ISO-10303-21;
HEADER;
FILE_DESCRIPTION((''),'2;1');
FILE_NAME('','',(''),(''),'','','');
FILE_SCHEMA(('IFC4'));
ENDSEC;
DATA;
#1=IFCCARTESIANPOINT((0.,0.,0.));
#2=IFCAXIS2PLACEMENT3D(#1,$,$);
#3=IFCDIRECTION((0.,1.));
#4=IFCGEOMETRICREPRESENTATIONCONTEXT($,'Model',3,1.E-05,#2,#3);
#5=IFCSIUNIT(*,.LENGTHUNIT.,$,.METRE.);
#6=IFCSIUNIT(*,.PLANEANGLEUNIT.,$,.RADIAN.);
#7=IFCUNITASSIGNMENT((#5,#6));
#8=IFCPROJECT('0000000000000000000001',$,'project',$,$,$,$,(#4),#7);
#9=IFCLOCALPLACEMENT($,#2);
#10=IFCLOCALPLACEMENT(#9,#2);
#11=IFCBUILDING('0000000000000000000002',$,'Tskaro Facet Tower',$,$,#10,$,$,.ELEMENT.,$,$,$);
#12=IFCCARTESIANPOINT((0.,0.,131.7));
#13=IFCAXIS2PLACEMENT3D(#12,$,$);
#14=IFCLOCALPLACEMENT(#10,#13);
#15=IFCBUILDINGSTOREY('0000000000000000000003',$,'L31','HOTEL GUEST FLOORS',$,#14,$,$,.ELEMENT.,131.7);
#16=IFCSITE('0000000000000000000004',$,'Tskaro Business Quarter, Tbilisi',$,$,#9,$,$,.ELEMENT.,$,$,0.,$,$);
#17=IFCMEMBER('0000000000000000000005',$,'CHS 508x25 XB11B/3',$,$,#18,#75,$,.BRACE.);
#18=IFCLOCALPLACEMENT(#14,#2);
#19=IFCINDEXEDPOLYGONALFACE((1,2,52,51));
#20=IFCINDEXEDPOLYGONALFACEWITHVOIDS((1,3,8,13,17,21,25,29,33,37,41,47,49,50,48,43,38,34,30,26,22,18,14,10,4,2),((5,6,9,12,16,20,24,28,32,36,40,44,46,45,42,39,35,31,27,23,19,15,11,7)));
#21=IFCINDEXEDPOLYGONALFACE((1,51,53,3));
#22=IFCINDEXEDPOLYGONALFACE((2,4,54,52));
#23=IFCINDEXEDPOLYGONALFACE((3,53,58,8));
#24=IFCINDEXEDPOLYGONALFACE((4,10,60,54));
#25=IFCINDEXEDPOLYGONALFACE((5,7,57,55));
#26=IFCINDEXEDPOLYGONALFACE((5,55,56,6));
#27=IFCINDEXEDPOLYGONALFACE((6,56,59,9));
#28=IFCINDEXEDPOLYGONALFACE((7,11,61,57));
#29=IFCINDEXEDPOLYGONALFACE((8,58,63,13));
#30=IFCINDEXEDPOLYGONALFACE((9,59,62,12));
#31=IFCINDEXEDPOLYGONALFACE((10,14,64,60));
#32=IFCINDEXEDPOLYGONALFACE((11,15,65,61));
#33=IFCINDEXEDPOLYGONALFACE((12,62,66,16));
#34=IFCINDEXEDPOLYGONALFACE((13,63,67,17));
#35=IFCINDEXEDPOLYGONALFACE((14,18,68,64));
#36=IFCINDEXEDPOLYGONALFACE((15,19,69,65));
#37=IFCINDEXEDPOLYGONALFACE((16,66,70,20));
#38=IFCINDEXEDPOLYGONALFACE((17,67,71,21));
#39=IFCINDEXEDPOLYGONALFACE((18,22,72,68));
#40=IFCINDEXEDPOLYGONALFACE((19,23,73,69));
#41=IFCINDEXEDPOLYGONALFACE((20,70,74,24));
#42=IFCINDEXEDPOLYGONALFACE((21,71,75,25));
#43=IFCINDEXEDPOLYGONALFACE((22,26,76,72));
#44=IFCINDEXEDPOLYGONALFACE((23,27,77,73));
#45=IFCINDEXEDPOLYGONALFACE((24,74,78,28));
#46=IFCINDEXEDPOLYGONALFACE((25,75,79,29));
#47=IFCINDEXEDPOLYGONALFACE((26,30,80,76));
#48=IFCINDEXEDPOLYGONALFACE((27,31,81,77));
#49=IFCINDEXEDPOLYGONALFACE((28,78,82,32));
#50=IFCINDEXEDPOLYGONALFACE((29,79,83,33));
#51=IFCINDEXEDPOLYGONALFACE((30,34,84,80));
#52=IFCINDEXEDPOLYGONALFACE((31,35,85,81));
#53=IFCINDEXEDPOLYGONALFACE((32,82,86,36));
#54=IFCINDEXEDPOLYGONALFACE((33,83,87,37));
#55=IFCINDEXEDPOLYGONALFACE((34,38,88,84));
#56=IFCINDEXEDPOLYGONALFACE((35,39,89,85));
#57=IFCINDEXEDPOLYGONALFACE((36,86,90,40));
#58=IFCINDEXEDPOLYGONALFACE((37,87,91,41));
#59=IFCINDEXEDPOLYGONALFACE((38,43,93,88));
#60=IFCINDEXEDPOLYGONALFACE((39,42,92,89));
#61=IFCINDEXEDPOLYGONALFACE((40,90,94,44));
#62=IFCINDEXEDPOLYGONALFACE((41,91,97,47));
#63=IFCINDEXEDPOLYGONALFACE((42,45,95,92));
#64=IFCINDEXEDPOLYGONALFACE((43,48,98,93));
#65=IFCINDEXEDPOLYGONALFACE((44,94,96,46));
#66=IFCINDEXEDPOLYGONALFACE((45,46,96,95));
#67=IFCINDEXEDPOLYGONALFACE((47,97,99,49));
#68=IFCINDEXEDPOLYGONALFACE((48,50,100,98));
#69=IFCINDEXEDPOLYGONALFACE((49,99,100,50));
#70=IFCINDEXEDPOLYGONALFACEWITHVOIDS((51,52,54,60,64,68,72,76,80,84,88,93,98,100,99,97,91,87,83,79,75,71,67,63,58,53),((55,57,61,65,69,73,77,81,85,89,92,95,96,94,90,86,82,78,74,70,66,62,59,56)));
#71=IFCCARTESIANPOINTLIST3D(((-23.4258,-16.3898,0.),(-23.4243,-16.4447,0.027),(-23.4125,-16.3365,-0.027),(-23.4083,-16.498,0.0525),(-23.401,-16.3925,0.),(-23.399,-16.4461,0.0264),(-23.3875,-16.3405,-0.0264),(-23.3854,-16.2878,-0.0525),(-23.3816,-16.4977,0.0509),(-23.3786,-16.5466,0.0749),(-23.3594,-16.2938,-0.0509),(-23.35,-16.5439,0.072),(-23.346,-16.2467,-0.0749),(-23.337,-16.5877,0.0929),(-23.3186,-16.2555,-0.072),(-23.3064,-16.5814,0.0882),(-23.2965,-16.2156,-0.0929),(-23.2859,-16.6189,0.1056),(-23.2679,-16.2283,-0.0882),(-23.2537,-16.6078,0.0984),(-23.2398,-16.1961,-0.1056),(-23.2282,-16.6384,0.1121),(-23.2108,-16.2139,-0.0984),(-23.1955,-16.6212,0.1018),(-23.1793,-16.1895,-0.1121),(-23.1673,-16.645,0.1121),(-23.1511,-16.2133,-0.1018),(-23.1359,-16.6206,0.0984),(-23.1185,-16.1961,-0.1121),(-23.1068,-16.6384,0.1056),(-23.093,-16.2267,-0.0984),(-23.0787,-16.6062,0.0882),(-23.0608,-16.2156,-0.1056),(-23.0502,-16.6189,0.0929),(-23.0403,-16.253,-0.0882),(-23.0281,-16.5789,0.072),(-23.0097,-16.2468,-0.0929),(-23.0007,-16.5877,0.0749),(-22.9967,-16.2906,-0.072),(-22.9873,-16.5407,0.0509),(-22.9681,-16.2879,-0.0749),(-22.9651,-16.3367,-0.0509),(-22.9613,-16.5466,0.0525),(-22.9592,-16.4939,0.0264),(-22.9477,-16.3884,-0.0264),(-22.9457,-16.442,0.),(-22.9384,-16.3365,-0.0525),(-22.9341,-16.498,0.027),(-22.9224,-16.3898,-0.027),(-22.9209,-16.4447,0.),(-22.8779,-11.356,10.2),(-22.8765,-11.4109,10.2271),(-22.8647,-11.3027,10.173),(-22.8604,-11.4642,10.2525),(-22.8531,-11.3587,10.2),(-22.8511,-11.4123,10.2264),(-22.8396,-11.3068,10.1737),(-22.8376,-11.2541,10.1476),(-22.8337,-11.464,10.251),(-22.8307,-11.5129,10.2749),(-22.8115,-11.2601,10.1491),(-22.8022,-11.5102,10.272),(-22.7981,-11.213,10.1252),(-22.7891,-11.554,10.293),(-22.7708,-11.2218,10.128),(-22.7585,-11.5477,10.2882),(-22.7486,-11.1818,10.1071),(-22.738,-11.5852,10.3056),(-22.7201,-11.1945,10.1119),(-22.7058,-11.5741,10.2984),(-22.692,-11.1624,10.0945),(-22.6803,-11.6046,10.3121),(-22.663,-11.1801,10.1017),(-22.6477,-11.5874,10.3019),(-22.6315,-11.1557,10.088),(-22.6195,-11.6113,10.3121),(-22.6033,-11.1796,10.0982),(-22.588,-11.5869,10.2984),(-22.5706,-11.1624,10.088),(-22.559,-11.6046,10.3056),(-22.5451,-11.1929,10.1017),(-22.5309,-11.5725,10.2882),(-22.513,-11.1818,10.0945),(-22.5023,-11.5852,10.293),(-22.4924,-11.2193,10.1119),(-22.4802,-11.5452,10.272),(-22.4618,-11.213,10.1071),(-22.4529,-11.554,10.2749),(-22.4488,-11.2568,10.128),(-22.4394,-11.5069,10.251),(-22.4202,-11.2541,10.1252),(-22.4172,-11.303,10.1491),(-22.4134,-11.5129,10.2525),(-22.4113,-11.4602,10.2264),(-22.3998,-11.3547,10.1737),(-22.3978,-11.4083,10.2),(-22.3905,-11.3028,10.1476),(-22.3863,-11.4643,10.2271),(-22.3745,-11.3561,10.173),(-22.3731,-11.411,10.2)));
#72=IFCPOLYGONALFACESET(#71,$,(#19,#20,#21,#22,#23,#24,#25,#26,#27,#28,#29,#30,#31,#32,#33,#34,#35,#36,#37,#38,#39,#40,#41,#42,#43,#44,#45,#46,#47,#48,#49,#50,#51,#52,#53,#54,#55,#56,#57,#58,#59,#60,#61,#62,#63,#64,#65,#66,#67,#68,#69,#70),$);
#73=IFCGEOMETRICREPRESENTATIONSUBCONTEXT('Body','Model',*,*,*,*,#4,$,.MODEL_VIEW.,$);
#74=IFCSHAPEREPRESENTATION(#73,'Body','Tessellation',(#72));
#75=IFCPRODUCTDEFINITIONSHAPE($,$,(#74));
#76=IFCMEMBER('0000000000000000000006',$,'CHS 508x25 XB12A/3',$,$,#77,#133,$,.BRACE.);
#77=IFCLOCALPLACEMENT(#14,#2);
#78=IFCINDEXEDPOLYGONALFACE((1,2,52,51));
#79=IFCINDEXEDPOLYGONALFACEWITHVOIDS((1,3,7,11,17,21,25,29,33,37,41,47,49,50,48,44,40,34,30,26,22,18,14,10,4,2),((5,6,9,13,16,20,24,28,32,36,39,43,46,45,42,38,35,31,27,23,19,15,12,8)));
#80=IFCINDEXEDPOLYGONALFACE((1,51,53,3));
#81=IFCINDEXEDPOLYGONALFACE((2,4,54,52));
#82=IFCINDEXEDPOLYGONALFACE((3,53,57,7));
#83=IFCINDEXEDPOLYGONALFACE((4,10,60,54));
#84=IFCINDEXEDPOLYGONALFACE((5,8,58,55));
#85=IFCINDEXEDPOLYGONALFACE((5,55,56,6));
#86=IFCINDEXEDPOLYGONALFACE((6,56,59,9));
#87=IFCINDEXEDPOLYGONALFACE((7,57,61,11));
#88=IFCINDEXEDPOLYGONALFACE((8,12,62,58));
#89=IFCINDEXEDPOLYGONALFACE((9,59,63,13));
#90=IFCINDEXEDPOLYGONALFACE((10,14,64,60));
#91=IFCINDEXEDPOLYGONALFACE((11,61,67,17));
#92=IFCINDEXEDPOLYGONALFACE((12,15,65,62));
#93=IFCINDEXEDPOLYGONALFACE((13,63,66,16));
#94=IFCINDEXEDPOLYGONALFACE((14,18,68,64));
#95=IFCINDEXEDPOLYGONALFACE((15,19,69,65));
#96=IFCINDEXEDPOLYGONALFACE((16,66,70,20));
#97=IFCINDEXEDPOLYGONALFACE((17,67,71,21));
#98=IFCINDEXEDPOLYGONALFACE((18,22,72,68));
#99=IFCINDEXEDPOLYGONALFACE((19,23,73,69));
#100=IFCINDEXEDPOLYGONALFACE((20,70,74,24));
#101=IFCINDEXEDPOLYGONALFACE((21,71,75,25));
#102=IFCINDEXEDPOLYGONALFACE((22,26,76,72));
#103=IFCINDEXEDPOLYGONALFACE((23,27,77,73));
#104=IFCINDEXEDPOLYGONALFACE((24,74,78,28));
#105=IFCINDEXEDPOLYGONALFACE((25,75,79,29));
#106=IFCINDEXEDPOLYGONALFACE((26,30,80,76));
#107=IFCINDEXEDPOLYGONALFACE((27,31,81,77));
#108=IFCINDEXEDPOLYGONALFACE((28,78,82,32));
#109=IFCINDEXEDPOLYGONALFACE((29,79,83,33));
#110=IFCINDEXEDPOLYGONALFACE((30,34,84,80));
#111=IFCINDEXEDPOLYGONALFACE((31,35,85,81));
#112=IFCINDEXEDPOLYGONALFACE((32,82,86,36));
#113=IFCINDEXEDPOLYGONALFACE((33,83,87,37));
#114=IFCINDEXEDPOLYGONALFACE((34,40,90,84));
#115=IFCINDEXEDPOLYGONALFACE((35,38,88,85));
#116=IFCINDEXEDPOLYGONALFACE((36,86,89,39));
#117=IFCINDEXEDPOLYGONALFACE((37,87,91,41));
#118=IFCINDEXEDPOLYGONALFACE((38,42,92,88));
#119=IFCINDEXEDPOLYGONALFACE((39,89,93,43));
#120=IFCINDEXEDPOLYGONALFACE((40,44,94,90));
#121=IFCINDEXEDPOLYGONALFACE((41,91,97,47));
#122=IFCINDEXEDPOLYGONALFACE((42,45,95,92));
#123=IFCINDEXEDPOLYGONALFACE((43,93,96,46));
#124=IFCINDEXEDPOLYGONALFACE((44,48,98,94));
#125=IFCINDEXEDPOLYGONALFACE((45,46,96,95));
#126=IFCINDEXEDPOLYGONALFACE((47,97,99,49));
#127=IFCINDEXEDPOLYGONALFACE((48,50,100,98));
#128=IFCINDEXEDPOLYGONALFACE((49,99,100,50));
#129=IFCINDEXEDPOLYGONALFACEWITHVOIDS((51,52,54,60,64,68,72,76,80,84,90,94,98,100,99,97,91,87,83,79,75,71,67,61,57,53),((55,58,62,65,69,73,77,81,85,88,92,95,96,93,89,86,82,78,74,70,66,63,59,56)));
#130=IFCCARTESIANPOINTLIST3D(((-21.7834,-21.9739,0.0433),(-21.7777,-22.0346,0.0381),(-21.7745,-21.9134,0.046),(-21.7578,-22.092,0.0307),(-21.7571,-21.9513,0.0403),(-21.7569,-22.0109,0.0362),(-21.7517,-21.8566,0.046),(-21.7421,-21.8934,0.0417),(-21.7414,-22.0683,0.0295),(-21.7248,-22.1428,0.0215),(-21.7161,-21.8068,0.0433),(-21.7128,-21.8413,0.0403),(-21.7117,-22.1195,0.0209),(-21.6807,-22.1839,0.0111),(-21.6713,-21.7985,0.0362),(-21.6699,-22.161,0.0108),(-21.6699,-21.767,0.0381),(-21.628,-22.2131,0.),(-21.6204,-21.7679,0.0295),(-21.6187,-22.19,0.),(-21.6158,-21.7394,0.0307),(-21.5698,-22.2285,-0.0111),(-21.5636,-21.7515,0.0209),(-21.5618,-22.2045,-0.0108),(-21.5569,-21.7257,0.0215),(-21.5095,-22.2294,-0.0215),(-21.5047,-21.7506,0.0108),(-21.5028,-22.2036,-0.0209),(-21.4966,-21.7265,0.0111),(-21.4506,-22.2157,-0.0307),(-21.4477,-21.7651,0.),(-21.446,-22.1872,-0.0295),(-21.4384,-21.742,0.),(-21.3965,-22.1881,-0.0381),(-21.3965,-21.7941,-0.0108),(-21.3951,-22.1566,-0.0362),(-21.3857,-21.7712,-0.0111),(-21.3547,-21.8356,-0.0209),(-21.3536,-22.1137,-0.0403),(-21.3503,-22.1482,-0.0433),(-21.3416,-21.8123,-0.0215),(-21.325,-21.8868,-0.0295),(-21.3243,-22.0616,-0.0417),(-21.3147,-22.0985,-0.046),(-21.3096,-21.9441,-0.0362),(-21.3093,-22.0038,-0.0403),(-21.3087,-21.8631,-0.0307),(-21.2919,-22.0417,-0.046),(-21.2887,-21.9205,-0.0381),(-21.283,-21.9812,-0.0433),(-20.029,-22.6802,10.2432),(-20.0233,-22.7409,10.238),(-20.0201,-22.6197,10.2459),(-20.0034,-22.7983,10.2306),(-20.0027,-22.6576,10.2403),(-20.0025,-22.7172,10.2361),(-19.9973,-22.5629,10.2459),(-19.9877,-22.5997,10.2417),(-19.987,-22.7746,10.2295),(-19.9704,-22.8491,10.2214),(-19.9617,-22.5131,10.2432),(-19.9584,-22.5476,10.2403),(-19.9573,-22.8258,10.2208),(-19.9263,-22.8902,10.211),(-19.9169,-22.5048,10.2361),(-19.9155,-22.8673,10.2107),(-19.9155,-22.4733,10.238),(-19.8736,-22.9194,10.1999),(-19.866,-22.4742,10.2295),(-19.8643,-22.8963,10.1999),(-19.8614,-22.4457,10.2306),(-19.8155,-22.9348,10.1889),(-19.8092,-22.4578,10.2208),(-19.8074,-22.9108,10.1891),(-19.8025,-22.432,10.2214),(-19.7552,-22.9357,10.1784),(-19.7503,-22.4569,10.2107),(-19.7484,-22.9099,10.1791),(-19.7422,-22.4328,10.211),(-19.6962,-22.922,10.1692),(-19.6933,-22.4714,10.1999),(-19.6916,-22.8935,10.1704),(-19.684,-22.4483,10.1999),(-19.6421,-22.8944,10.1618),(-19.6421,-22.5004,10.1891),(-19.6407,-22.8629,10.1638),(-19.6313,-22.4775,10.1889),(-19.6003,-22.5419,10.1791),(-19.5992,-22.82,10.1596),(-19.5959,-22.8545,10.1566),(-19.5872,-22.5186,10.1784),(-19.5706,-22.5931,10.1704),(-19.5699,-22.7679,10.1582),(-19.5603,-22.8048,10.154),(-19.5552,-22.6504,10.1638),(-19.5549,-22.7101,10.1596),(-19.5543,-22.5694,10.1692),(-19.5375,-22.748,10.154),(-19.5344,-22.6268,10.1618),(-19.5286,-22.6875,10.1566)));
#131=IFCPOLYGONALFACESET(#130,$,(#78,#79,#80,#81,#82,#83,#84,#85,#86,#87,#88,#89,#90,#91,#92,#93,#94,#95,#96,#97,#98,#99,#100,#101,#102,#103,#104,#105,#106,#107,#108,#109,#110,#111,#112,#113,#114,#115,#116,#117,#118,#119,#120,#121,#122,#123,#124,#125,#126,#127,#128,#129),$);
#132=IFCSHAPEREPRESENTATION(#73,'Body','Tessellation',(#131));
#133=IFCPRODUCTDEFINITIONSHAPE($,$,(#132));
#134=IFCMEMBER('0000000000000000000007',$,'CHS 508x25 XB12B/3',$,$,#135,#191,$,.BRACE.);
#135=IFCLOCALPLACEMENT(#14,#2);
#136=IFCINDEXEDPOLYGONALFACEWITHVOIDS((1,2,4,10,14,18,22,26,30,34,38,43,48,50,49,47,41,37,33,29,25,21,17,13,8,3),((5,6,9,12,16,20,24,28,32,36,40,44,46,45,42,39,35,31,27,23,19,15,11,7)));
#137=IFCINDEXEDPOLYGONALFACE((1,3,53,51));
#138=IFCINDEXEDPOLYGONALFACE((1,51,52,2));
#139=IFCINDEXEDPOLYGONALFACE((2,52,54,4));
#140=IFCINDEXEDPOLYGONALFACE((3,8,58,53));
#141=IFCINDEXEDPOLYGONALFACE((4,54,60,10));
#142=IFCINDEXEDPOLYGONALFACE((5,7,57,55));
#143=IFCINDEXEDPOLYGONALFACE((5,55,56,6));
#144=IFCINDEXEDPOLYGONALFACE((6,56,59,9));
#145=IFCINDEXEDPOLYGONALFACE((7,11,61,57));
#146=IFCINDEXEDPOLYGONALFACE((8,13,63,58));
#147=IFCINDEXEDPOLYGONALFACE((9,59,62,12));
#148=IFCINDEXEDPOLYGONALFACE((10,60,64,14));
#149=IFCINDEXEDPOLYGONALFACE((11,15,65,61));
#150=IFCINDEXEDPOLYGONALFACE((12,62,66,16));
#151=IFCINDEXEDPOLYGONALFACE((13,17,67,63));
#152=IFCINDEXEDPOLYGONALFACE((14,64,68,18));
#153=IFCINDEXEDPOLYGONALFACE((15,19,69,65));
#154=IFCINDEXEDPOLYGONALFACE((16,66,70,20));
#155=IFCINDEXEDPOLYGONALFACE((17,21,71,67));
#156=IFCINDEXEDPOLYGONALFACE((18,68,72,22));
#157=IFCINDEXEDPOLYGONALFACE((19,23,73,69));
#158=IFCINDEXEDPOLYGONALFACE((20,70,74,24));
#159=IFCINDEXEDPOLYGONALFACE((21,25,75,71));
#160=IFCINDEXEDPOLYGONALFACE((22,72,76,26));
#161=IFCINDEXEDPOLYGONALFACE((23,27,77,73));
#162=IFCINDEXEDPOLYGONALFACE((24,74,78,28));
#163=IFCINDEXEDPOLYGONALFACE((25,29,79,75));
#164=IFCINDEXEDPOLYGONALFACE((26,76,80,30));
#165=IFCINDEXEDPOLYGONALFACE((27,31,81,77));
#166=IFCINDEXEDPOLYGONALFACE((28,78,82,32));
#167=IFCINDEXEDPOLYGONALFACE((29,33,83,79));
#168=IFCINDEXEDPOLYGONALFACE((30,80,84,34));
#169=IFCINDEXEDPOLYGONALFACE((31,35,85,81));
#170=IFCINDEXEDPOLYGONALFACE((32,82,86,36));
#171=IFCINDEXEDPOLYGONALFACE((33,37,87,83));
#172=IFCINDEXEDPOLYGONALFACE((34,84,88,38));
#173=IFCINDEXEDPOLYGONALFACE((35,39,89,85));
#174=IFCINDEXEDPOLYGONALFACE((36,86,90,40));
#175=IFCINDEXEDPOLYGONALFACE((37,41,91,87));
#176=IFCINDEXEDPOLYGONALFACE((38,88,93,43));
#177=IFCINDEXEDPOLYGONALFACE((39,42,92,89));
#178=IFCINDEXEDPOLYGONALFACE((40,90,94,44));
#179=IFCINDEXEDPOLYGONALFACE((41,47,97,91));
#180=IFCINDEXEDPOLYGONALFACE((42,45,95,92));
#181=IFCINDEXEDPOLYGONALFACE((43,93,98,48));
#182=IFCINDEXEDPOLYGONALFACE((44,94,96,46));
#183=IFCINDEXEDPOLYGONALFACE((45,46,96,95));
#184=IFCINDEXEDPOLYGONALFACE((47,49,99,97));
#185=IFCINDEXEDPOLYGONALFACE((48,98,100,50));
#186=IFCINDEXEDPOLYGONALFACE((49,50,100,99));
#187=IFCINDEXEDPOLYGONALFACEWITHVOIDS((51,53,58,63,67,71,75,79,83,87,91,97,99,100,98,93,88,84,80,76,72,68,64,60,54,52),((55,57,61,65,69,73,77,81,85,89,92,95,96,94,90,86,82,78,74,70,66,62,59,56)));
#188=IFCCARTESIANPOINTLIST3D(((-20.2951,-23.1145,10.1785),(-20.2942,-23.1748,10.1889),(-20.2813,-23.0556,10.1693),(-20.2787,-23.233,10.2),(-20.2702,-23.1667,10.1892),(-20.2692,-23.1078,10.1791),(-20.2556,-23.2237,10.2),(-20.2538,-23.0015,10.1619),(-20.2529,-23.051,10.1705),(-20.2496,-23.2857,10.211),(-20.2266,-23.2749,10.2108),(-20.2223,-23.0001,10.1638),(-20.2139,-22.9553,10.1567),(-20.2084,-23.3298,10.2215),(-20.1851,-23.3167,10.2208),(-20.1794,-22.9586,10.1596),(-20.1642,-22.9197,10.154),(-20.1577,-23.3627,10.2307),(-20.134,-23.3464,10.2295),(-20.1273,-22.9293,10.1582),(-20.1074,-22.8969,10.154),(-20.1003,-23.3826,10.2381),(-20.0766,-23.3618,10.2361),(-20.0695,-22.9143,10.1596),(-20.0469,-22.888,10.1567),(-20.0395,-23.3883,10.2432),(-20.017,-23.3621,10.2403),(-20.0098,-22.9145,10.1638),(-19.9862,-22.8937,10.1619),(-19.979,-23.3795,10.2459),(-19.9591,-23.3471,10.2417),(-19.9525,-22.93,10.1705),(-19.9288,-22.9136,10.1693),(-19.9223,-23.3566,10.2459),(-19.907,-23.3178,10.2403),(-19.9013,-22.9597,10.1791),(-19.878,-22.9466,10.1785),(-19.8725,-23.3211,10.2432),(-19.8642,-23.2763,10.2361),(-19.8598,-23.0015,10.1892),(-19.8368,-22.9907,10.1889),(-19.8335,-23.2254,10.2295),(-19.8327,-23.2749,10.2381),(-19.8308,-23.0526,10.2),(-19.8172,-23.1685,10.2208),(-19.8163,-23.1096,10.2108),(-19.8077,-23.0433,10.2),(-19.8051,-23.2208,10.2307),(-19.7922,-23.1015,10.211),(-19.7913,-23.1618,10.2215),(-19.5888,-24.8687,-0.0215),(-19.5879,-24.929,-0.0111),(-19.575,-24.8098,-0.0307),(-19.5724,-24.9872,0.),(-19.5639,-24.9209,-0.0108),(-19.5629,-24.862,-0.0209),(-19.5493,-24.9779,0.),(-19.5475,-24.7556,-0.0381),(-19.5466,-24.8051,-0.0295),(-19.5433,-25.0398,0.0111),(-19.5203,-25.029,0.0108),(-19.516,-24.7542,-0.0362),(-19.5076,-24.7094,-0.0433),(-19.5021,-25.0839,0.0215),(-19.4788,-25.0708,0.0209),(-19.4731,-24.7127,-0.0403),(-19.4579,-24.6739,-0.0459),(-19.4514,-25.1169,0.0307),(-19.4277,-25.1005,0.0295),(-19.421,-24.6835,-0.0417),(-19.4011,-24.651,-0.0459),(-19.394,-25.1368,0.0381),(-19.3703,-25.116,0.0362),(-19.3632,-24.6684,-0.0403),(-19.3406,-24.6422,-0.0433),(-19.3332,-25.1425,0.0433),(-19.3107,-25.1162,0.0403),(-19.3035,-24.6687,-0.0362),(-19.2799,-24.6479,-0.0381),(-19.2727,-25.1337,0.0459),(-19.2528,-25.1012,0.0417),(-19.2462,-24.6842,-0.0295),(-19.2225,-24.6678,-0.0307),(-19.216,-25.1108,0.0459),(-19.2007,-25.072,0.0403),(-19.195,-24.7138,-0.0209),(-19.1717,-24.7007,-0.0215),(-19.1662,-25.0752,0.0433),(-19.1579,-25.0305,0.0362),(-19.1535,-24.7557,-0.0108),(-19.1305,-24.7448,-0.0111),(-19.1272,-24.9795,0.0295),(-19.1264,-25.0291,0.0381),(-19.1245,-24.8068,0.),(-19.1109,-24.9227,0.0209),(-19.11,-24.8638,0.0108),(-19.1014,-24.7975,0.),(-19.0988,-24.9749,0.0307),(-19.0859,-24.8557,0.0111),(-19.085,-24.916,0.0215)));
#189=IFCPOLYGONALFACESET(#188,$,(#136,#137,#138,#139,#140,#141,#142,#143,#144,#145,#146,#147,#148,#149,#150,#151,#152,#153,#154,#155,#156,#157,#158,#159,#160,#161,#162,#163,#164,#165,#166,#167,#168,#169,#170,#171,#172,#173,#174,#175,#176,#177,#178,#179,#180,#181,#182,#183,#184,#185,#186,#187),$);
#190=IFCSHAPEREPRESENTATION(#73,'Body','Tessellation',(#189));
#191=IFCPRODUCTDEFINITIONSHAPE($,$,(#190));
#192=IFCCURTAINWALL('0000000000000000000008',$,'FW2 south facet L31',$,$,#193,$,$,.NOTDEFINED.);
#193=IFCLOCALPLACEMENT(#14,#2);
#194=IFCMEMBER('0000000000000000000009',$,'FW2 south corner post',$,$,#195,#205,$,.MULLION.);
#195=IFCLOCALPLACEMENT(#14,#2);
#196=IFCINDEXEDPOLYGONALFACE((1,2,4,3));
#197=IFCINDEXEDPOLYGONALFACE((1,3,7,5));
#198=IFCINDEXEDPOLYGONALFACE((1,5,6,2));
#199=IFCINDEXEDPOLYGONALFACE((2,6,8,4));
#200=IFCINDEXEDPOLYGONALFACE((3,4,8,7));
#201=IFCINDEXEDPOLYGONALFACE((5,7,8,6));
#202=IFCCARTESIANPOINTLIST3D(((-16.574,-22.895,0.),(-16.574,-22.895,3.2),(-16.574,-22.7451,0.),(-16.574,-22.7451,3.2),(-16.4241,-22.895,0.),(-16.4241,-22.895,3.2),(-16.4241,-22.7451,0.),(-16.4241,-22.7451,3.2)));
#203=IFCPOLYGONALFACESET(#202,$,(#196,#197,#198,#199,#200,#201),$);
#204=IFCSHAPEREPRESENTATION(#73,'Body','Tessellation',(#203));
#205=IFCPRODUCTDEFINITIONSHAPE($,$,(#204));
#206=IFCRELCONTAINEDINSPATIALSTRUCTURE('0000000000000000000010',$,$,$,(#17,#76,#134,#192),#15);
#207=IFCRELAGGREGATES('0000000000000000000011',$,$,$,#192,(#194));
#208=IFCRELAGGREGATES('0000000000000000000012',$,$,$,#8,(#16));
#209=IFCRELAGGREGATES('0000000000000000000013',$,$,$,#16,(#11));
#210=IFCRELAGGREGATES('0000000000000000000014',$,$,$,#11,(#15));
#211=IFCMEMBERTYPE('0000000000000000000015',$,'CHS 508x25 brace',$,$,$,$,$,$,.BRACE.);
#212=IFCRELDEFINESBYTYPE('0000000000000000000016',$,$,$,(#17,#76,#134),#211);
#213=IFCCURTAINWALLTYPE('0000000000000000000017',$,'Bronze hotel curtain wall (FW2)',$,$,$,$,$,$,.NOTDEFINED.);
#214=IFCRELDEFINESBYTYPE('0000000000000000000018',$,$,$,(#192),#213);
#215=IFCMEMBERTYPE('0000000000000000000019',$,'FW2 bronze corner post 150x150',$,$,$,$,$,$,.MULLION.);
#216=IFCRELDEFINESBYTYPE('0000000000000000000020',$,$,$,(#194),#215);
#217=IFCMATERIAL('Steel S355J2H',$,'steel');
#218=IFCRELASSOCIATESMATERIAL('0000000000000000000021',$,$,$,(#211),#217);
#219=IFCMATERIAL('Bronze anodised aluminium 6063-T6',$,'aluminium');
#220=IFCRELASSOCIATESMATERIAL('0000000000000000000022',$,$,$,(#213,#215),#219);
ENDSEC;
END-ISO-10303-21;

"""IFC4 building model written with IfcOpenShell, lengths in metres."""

from ifc_helpers import new_model, si_unit, direction, frame, origin, origin_2d, place, context, subcontext, project, spatial, rectangle, hollow_circle, extrude, material, material_profile, profile_set, type_object, element, aggregate, save


model = new_model("IFC4")

# Units and contexts
model_context = context("Model", 3, precision=1e-05, world=origin(), true_north=direction((0.0, 1.0)))
body_context = subcontext(model_context, "Body", "Model", "MODEL_VIEW")
ifc_project = project(units=[si_unit("LENGTHUNIT", "METRE"), si_unit("PLANEANGLEUNIT", "RADIAN")], contexts=[model_context])

# Site, building, storey
site_placement = place(None, origin())
site = spatial("IfcSite", under=ifc_project, at=site_placement, Name="Tskaro Business Quarter, Tbilisi", CompositionType="ELEMENT", RefElevation=0.0)
building_placement = place(site_placement, origin())
building = spatial("IfcBuilding", under=site, at=building_placement, Name="Tskaro Facet Tower", CompositionType="ELEMENT")
storey_placement = place(building_placement, frame((0.0, 0.0, 131.7)))
storey = spatial("IfcBuildingStorey", under=building, at=storey_placement, Name="L31", Description="HOTEL GUEST FLOORS", CompositionType="ELEMENT", Elevation=131.7)

# Shared definitions
ifc_material_1 = material(Name="Steel S355J2H", Category="steel")

# Members
ifc_material_profile_1 = material_profile(ifc_material_1, hollow_circle(Radius=0.2539, WallThickness=0.0249, at=origin_2d()), Name="CHS 508x25")
ifc_profile_set_1 = profile_set([ifc_material_profile_1], Name="Steel S355J2H")
member_type_1 = type_object("IfcMemberType", Name="CHS 508x25 brace", PredefinedType="BRACE", material=ifc_profile_set_1)
member_1_placement = place(storey_placement, frame((-23.1733, -16.4172, 0.0), z_axis=(0.04811, 0.442033, 0.895708), x_axis=(-0.994129, 0.108198, 0.0)))
element("IfcMember", 1, at=member_1_placement, inside=storey, type_object=member_type_1, Name="CHS 508x25 XB11B/3", PredefinedType="BRACE", context=body_context, shape_type="SweptSolid", body=[
    extrude(hollow_circle(Radius=0.2539, WallThickness=0.0249, at=origin_2d()), origin(), (0.0, 0.0, 1.0), 11.3877),
])
for number, where, z_axis, x_axis, name in (
    (2, (-21.5332, -21.9775, 0.0), (0.169118, -0.068085, 0.983241), (0.37346, 0.927646, 0.0), "CHS 508x25 XB12A/3"),
    (3, (-19.3369, -24.8923, 0.0), (-0.068085, 0.169095, 0.983245), (-0.927628, -0.373504, 0.0), "CHS 508x25 XB12B/3"),
):
    element("IfcMember", number, at=place(storey_placement, frame(where, z_axis=z_axis, x_axis=x_axis)), inside=storey, type_object=member_type_1, Name=name, PredefinedType="BRACE", context=body_context, shape_type="SweptSolid", body=[
        extrude(hollow_circle(Radius=0.2539, WallThickness=0.0249, at=origin_2d()), origin(), (0.0, 0.0, 1.0), 10.3738),
    ])

# Curtain wall, member
ifc_material_2 = material(Name="Bronze anodised aluminium 6063-T6", Category="aluminium")
curtain_wall_type = type_object("IfcCurtainWallType", Name="Bronze hotel curtain wall (FW2)", PredefinedType="NOTDEFINED", material=ifc_material_2)
curtain_wall_1_placement = place(storey_placement, origin())
curtain_wall_1 = element("IfcCurtainWall", 4, at=curtain_wall_1_placement, inside=storey, type_object=curtain_wall_type, Name="FW2 south facet L31", PredefinedType="NOTDEFINED")
ifc_material_profile_2 = material_profile(ifc_material_2, rectangle(XDim=0.1499, YDim=0.1499, at=origin_2d()), Name="Corner post 150x150")
ifc_profile_set_2 = profile_set([ifc_material_profile_2], Name="Bronze anodised aluminium 6063-T6")
member_type_2 = type_object("IfcMemberType", Name="FW2 bronze corner post 150x150", PredefinedType="MULLION", material=ifc_profile_set_2)
member_2_placement = place(storey_placement, frame((-16.499, -22.8201, 0.0), z_axis=(0.0, 0.0, 1.0), x_axis=(1.0, 0.0, 0.0)))
member_2 = element("IfcMember", 5, at=member_2_placement, type_object=member_type_2, Name="FW2 south corner post", PredefinedType="MULLION", context=body_context, shape_type="SweptSolid", body=[
    extrude(rectangle(XDim=0.1499, YDim=0.1499, at=origin_2d()), origin(), (0.0, 0.0, 1.0), 3.2),
])

aggregate(curtain_wall_1, [member_2])

save(model, "model.ifc")
